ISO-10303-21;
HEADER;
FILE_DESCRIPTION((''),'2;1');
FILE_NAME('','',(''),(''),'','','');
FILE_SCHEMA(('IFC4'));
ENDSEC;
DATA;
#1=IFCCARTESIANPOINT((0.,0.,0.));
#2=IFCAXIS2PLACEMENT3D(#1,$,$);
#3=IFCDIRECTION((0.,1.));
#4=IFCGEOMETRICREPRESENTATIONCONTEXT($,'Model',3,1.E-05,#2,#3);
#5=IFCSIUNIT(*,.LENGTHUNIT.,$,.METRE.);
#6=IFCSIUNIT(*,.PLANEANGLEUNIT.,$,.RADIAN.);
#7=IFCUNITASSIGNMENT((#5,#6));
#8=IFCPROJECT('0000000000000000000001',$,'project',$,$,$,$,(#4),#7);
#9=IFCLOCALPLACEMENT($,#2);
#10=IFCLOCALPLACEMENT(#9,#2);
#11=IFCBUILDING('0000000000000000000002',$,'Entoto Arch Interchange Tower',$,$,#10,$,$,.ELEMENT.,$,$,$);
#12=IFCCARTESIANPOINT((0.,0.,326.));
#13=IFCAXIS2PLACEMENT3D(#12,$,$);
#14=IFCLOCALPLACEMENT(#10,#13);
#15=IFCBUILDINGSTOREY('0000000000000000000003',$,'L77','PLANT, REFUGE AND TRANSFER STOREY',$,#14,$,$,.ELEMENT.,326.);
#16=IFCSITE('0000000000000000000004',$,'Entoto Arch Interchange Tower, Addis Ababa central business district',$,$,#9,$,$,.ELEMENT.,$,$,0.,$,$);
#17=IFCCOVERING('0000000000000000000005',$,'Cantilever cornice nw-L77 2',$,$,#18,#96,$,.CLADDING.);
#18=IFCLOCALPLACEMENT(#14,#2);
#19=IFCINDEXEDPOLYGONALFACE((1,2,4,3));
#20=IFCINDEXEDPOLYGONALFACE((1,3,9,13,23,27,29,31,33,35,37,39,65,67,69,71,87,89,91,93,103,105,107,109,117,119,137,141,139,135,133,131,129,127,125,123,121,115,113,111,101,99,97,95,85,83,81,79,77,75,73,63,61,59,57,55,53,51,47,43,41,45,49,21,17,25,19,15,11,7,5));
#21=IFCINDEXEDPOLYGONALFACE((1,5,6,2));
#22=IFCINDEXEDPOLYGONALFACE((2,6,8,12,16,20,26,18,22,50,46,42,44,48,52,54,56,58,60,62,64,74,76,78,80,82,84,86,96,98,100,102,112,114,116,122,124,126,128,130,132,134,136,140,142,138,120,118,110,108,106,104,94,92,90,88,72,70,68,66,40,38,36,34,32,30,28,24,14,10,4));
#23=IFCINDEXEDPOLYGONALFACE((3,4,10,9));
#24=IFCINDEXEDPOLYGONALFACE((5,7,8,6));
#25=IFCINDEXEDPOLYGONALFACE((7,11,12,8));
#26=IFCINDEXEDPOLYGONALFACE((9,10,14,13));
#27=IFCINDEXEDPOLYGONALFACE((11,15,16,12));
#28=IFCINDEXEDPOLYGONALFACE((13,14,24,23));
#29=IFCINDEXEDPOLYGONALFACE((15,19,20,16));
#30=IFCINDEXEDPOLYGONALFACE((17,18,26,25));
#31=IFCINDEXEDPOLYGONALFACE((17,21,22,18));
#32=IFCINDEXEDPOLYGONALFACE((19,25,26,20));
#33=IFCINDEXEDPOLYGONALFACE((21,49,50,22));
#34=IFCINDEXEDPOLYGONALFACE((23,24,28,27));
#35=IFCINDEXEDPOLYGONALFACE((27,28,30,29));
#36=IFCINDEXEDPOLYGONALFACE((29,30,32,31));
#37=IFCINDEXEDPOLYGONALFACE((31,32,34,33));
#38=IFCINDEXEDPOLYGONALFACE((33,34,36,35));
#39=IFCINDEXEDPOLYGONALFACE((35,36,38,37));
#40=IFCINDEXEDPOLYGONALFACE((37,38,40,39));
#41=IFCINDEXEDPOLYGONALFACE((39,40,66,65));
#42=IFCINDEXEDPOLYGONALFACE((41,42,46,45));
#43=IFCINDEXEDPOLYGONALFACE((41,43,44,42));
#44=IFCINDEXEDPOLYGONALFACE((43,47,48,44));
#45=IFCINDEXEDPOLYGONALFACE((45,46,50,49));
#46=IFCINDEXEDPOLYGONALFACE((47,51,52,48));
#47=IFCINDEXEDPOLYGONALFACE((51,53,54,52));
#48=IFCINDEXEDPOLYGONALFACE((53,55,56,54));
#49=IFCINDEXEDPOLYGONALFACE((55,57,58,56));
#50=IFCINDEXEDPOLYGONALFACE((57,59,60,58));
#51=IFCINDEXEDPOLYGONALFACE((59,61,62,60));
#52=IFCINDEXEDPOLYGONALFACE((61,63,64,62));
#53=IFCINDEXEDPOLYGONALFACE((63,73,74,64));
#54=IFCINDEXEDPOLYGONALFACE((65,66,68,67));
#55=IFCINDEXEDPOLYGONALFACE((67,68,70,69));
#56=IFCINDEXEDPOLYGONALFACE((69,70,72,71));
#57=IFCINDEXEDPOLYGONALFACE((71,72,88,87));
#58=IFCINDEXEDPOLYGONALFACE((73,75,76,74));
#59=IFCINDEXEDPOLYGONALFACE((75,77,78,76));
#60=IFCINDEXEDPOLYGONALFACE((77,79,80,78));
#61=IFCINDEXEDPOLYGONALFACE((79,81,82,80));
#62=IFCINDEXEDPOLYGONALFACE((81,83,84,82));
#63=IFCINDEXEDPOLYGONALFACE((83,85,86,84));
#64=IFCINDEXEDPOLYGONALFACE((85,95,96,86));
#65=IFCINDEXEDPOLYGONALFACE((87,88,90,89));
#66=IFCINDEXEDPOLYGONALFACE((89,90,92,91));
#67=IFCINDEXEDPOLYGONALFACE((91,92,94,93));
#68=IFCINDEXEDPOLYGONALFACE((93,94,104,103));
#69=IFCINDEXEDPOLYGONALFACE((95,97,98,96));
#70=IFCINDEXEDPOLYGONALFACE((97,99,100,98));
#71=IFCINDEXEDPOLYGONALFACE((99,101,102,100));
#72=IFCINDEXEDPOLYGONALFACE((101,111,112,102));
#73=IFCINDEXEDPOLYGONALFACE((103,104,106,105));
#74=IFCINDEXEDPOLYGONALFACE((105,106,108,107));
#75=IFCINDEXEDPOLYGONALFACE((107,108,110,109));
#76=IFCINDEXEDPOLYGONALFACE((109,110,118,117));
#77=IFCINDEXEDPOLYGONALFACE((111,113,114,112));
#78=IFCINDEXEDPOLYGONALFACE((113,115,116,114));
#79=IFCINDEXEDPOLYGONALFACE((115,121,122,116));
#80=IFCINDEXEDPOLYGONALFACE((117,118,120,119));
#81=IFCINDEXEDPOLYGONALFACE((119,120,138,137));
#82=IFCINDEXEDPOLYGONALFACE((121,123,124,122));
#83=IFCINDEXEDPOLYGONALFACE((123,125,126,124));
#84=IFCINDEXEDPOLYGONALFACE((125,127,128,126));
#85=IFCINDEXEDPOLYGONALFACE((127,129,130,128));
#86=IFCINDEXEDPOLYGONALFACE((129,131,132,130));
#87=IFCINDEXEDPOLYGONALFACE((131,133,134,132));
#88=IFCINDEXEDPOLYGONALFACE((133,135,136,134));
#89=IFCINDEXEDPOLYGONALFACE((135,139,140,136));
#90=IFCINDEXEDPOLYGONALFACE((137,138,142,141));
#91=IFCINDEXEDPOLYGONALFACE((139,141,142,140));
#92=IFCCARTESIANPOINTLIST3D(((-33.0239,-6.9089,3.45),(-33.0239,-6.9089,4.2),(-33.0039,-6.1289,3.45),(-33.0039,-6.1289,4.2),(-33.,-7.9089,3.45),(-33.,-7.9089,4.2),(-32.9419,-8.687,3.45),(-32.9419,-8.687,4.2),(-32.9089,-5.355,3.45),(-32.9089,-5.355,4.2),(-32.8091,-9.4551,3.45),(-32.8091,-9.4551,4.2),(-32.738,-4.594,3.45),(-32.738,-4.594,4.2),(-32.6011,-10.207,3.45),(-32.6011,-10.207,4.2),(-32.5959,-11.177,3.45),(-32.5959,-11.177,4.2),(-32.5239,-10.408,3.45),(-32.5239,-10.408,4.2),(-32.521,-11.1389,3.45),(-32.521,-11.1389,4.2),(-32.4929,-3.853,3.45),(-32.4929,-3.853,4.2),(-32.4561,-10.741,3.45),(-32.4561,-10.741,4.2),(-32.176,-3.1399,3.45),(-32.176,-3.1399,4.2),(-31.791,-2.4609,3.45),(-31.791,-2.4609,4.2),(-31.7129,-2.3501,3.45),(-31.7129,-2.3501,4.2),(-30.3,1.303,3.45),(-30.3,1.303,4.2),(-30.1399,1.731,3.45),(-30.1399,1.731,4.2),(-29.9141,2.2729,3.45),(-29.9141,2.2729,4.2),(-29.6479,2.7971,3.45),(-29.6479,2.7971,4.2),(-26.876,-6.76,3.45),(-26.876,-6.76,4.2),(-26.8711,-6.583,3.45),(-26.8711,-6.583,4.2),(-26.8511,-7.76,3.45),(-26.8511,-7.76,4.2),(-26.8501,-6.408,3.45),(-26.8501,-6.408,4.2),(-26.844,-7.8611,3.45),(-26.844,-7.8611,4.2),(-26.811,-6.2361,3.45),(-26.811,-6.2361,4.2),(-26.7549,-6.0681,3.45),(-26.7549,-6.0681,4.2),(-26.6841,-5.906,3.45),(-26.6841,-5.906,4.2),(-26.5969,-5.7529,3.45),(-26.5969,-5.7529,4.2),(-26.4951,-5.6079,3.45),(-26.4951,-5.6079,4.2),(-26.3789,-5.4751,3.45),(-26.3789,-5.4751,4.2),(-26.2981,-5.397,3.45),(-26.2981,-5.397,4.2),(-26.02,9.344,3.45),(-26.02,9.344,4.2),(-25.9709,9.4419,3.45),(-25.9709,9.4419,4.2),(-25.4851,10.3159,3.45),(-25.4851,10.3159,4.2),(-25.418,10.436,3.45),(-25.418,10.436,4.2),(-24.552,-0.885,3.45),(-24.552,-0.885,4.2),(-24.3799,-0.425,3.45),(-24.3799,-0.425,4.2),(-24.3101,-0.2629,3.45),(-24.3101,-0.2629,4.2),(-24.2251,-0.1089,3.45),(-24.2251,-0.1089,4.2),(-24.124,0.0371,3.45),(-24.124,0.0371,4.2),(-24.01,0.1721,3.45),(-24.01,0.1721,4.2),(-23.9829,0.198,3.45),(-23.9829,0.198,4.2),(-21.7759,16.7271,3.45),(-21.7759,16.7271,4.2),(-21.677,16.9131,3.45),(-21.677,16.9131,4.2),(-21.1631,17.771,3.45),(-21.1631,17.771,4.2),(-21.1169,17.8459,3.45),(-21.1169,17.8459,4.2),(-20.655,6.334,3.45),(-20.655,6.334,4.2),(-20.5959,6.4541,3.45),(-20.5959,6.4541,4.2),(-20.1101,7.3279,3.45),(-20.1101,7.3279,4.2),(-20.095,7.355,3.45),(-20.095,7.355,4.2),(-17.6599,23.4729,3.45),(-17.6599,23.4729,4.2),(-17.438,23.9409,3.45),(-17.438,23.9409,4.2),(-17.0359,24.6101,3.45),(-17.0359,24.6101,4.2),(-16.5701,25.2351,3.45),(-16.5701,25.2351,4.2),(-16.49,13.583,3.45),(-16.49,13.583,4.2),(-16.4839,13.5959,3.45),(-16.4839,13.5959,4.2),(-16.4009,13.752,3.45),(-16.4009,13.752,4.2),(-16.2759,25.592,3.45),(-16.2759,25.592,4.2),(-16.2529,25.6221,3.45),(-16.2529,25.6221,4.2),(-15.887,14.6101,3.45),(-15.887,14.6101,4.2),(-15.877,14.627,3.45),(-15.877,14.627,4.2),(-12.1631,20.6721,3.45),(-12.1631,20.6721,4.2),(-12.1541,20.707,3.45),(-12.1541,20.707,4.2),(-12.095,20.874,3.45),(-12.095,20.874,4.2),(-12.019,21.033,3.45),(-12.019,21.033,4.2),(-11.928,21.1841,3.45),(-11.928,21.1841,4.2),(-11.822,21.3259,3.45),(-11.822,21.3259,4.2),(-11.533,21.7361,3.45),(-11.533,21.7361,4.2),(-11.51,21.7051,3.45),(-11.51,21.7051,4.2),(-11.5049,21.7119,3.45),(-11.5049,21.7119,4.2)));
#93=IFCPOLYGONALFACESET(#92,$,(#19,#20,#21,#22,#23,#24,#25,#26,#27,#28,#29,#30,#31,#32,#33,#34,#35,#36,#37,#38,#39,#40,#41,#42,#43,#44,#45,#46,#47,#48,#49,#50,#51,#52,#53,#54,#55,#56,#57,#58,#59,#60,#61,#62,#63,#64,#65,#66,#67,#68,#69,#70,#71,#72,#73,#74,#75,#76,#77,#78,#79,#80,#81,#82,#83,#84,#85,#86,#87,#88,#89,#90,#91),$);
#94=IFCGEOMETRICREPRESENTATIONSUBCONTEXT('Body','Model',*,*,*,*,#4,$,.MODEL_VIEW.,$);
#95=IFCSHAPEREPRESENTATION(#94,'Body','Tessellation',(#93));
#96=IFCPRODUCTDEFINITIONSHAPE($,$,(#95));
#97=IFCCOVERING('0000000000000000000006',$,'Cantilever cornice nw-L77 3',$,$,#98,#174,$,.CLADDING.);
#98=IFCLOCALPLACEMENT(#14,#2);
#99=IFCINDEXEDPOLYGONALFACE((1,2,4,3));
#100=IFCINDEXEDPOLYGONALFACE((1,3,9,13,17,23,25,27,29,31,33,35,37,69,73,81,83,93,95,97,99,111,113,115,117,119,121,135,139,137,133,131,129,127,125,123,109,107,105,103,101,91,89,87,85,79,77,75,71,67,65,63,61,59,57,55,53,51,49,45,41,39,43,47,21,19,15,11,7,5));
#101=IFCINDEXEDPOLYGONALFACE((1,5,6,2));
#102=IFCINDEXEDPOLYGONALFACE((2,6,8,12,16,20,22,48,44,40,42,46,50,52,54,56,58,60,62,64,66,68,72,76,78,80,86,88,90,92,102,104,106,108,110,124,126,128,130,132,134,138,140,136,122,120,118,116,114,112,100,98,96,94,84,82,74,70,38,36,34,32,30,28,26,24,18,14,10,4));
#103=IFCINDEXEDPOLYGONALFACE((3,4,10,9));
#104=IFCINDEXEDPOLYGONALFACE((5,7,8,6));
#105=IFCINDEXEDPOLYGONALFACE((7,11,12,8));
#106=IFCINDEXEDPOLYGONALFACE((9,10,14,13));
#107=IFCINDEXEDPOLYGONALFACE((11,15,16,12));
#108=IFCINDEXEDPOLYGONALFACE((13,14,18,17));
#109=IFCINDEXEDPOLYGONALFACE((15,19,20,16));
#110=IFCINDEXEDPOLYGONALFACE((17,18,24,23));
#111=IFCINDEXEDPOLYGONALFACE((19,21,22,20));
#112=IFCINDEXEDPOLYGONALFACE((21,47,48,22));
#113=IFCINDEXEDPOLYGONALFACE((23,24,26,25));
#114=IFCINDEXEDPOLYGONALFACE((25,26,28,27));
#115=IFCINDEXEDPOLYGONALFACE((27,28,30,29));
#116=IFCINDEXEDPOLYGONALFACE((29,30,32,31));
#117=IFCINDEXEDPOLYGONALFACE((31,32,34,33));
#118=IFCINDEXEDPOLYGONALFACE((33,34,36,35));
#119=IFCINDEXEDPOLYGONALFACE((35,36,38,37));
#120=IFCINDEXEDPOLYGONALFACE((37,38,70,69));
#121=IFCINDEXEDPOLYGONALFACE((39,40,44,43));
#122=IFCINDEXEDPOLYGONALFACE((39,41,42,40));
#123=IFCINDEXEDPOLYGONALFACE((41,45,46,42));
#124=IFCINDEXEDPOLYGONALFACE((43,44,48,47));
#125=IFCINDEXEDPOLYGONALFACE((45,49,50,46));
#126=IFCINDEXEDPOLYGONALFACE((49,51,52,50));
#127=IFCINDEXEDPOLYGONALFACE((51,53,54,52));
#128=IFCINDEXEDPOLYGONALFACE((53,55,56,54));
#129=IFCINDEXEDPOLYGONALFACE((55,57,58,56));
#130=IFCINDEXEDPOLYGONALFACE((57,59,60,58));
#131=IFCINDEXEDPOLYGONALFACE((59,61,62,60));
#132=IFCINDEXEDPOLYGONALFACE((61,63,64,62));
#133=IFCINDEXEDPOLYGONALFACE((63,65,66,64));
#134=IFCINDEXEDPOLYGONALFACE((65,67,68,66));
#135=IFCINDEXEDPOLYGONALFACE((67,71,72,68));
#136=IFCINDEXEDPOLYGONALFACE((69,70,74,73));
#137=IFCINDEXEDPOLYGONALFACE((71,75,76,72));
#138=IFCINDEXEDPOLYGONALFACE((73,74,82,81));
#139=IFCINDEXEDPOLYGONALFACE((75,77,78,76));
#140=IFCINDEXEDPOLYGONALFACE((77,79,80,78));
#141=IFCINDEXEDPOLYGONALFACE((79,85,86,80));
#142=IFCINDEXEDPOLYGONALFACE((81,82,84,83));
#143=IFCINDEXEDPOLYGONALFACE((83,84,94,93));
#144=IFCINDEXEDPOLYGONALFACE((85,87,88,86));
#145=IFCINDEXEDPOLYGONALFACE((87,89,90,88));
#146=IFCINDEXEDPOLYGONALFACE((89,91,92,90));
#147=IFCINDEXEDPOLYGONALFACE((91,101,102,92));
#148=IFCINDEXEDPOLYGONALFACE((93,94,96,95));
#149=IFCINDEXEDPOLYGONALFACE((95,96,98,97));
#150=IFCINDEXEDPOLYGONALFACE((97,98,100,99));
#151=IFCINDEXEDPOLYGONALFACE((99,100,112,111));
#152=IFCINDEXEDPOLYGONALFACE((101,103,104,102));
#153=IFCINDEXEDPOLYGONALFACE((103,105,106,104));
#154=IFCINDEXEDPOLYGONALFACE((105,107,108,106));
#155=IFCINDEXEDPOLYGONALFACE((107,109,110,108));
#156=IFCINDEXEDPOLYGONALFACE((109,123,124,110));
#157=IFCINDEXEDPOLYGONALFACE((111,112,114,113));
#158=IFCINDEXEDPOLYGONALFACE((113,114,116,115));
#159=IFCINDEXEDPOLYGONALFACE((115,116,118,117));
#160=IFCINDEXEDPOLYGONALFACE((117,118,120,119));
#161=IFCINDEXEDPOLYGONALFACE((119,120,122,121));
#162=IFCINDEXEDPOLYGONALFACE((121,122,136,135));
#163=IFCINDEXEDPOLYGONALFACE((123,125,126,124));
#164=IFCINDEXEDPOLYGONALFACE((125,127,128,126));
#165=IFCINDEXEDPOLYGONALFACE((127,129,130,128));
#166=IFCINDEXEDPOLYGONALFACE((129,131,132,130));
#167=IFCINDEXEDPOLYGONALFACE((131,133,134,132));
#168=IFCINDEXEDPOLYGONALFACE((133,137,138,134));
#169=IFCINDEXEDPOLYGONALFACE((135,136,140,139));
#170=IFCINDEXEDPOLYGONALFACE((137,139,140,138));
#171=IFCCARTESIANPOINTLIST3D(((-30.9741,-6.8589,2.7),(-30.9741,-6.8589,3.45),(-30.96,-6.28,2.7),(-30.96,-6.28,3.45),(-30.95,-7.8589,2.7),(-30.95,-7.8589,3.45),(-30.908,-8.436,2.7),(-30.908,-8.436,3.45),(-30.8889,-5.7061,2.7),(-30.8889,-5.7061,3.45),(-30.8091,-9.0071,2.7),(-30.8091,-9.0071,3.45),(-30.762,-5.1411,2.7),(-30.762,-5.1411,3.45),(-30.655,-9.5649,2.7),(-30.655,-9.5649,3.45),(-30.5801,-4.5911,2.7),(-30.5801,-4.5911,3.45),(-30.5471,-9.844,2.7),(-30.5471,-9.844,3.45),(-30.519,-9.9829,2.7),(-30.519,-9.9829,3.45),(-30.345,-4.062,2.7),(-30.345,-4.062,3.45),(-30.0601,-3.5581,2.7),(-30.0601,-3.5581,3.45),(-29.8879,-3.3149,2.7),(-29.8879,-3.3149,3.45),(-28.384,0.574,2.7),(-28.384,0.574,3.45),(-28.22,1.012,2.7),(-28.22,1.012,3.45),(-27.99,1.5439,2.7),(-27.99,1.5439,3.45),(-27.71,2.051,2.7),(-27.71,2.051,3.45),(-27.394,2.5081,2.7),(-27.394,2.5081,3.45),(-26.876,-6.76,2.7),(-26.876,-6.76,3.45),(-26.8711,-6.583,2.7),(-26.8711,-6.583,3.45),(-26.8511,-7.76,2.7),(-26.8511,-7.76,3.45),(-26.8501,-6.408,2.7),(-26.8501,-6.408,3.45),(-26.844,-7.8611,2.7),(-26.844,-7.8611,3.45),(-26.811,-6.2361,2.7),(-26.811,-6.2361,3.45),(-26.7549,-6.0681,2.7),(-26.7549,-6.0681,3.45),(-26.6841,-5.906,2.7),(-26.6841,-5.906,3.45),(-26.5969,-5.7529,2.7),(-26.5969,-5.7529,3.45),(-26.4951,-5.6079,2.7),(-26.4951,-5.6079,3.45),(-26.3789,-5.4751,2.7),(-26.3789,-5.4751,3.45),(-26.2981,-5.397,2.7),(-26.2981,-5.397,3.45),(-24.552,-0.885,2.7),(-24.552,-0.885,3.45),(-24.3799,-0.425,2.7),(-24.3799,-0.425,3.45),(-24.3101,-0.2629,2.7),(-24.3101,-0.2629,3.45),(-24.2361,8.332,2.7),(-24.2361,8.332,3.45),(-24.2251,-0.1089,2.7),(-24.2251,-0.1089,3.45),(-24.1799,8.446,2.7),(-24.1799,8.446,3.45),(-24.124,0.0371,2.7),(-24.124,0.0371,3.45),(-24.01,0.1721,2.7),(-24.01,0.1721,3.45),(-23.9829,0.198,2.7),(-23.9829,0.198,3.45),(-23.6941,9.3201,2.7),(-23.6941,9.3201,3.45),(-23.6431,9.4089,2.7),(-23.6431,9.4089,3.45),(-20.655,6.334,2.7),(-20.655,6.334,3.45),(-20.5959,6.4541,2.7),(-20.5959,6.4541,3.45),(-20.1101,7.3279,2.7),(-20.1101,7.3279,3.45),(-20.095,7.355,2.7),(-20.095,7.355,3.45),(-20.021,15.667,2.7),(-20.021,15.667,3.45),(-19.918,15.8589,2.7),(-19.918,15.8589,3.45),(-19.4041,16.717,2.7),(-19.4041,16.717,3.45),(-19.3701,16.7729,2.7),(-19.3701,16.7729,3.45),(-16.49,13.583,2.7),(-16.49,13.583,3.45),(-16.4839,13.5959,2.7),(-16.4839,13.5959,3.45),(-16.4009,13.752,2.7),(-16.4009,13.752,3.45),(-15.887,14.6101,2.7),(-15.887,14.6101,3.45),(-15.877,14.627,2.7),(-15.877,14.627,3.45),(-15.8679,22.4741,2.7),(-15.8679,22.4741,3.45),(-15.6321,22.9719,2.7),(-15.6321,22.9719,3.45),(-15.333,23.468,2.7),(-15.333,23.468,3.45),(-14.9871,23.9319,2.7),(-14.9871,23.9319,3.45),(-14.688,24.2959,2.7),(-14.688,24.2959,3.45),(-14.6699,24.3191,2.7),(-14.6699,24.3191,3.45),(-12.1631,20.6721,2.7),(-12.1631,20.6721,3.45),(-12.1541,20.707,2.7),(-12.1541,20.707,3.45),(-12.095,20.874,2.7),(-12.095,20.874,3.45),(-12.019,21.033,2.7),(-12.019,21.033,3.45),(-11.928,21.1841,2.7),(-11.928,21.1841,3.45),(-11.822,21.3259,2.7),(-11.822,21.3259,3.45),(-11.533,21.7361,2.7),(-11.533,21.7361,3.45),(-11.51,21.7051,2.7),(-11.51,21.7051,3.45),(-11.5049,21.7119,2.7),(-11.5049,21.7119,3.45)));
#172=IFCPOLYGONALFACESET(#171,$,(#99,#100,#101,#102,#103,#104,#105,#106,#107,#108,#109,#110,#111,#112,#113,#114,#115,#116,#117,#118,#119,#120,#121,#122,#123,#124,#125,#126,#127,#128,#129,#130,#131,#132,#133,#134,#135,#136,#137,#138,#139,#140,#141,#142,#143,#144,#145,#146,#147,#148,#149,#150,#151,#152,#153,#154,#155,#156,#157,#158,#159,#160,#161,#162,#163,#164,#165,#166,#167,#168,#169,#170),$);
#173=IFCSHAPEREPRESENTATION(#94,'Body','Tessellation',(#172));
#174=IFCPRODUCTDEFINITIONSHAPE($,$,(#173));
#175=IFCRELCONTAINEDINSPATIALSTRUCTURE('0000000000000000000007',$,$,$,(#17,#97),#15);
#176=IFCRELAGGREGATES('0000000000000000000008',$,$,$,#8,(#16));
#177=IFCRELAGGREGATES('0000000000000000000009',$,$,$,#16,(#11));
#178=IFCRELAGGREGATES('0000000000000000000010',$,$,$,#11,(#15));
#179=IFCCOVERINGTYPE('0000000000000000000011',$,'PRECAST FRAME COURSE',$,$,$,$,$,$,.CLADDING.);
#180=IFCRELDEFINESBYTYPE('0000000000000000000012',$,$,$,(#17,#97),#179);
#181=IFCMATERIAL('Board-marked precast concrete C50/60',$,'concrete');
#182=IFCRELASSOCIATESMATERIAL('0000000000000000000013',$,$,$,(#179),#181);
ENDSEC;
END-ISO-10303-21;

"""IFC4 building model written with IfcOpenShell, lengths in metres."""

from ifc_helpers import new_model, si_unit, direction, frame, origin, place, context, subcontext, project, spatial, polyline, outline, extrude, material, type_object, element, save


model = new_model("IFC4")

# Units and contexts
model_context = context("Model", 3, precision=1e-05, world=origin(), true_north=direction((0.0, 1.0)))
body_context = subcontext(model_context, "Body", "Model", "MODEL_VIEW")
ifc_project = project(units=[si_unit("LENGTHUNIT", "METRE"), si_unit("PLANEANGLEUNIT", "RADIAN")], contexts=[model_context])

# Site, building, storey
site_placement = place(None, origin())
site = spatial("IfcSite", under=ifc_project, at=site_placement, Name="Entoto Arch Interchange Tower, Addis Ababa central business district", CompositionType="ELEMENT", RefElevation=0.0)
building_placement = place(site_placement, origin())
building = spatial("IfcBuilding", under=site, at=building_placement, Name="Entoto Arch Interchange Tower", CompositionType="ELEMENT")
storey_placement = place(building_placement, frame((0.0, 0.0, 326.0)))
storey = spatial("IfcBuildingStorey", under=building, at=storey_placement, Name="L77", Description="PLANT, REFUGE AND TRANSFER STOREY", CompositionType="ELEMENT", Elevation=326.0)

# Coverings
ifc_material_1 = material(Name="Board-marked precast concrete C50/60", Category="concrete")
covering_type = type_object("IfcCoveringType", Name="PRECAST FRAME COURSE", PredefinedType="CLADDING", material=ifc_material_1)
covering_1_placement = place(storey_placement, frame((0.0, 0.0, 3.45)))
element("IfcCovering", 1, at=covering_1_placement, inside=storey, type_object=covering_type, Name="Cantilever cornice nw-L77 2", PredefinedType="CLADDING", context=body_context, shape_type="SweptSolid", body=[
    extrude(outline(polyline([(-11.533, 21.7361), (-11.533, 21.7361), (-11.5049, 21.7119), (-11.51, 21.7051), (-11.822, 21.3259), (-11.928, 21.1841), (-12.019, 21.033), (-12.095, 20.874), (-12.1541, 20.707), (-12.1631, 20.6721), (-15.877, 14.627), (-15.887, 14.6101), (-16.4009, 13.752), (-16.4839, 13.5959), (-16.49, 13.583), (-20.095, 7.355), (-20.1101, 7.3279), (-20.5959, 6.4541), (-20.655, 6.334), (-23.9829, 0.198), (-24.01, 0.1721), (-24.124, 0.0371), (-24.2251, -0.1089), (-24.3101, -0.2629), (-24.3799, -0.425), (-24.552, -0.885), (-26.2981, -5.397), (-26.3789, -5.4751), (-26.4951, -5.6079), (-26.5969, -5.7529), (-26.6841, -5.906), (-26.7549, -6.0681), (-26.811, -6.2361), (-26.8501, -6.408), (-26.8711, -6.583), (-26.876, -6.76), (-26.8511, -7.76), (-26.844, -7.8611), (-32.521, -11.1389), (-32.5959, -11.177), (-32.4561, -10.741), (-32.5239, -10.408), (-32.6011, -10.207), (-32.8091, -9.4551), (-32.9419, -8.687), (-33.0, -7.9089), (-33.0239, -6.9089), (-33.0039, -6.1289), (-32.9089, -5.355), (-32.738, -4.594), (-32.4929, -3.853), (-32.176, -3.1399), (-31.791, -2.4609), (-31.7129, -2.3501), (-30.3, 1.303), (-30.1399, 1.731), (-29.9141, 2.2729), (-29.6479, 2.7971), (-26.02, 9.344), (-25.9709, 9.4419), (-25.4851, 10.3159), (-25.418, 10.436), (-21.7759, 16.7271), (-21.677, 16.9131), (-21.1631, 17.771), (-21.1169, 17.8459), (-17.6599, 23.4729), (-17.438, 23.9409), (-17.0359, 24.6101), (-16.5701, 25.2351), (-16.2759, 25.592), (-16.2529, 25.6221), (-11.533, 21.7361)])), origin(), (0.0, 0.0, 1.0), 0.75),
])
covering_2_placement = place(storey_placement, frame((0.0, 0.0, 2.7)))
element("IfcCovering", 2, at=covering_2_placement, inside=storey, type_object=covering_type, Name="Cantilever cornice nw-L77 3", PredefinedType="CLADDING", context=body_context, shape_type="SweptSolid", body=[
    extrude(outline(polyline([(-11.533, 21.7361), (-11.533, 21.7361), (-11.5049, 21.7119), (-11.51, 21.7051), (-11.822, 21.3259), (-11.928, 21.1841), (-12.019, 21.033), (-12.095, 20.874), (-12.1541, 20.707), (-12.1631, 20.6721), (-15.877, 14.627), (-15.887, 14.6101), (-16.4009, 13.752), (-16.4839, 13.5959), (-16.49, 13.583), (-20.095, 7.355), (-20.1101, 7.3279), (-20.5959, 6.4541), (-20.655, 6.334), (-23.9829, 0.198), (-24.01, 0.1721), (-24.124, 0.0371), (-24.2251, -0.1089), (-24.3101, -0.2629), (-24.3799, -0.425), (-24.552, -0.885), (-26.2981, -5.397), (-26.3789, -5.4751), (-26.4951, -5.6079), (-26.5969, -5.7529), (-26.6841, -5.906), (-26.7549, -6.0681), (-26.811, -6.2361), (-26.8501, -6.408), (-26.8711, -6.583), (-26.876, -6.76), (-26.8511, -7.76), (-26.844, -7.8611), (-30.519, -9.9829), (-30.5471, -9.844), (-30.655, -9.5649), (-30.8091, -9.0071), (-30.908, -8.436), (-30.95, -7.8589), (-30.9741, -6.8589), (-30.96, -6.28), (-30.8889, -5.7061), (-30.762, -5.1411), (-30.5801, -4.5911), (-30.345, -4.062), (-30.0601, -3.5581), (-29.8879, -3.3149), (-28.384, 0.574), (-28.22, 1.012), (-27.99, 1.5439), (-27.71, 2.051), (-27.394, 2.5081), (-24.2361, 8.332), (-24.1799, 8.446), (-23.6941, 9.3201), (-23.6431, 9.4089), (-20.021, 15.667), (-19.918, 15.8589), (-19.4041, 16.717), (-19.3701, 16.7729), (-15.8679, 22.4741), (-15.6321, 22.9719), (-15.333, 23.468), (-14.9871, 23.9319), (-14.688, 24.2959), (-14.6699, 24.3191), (-11.533, 21.7361)])), origin(), (0.0, 0.0, 1.0), 0.75),
])

save(model, "model.ifc")
